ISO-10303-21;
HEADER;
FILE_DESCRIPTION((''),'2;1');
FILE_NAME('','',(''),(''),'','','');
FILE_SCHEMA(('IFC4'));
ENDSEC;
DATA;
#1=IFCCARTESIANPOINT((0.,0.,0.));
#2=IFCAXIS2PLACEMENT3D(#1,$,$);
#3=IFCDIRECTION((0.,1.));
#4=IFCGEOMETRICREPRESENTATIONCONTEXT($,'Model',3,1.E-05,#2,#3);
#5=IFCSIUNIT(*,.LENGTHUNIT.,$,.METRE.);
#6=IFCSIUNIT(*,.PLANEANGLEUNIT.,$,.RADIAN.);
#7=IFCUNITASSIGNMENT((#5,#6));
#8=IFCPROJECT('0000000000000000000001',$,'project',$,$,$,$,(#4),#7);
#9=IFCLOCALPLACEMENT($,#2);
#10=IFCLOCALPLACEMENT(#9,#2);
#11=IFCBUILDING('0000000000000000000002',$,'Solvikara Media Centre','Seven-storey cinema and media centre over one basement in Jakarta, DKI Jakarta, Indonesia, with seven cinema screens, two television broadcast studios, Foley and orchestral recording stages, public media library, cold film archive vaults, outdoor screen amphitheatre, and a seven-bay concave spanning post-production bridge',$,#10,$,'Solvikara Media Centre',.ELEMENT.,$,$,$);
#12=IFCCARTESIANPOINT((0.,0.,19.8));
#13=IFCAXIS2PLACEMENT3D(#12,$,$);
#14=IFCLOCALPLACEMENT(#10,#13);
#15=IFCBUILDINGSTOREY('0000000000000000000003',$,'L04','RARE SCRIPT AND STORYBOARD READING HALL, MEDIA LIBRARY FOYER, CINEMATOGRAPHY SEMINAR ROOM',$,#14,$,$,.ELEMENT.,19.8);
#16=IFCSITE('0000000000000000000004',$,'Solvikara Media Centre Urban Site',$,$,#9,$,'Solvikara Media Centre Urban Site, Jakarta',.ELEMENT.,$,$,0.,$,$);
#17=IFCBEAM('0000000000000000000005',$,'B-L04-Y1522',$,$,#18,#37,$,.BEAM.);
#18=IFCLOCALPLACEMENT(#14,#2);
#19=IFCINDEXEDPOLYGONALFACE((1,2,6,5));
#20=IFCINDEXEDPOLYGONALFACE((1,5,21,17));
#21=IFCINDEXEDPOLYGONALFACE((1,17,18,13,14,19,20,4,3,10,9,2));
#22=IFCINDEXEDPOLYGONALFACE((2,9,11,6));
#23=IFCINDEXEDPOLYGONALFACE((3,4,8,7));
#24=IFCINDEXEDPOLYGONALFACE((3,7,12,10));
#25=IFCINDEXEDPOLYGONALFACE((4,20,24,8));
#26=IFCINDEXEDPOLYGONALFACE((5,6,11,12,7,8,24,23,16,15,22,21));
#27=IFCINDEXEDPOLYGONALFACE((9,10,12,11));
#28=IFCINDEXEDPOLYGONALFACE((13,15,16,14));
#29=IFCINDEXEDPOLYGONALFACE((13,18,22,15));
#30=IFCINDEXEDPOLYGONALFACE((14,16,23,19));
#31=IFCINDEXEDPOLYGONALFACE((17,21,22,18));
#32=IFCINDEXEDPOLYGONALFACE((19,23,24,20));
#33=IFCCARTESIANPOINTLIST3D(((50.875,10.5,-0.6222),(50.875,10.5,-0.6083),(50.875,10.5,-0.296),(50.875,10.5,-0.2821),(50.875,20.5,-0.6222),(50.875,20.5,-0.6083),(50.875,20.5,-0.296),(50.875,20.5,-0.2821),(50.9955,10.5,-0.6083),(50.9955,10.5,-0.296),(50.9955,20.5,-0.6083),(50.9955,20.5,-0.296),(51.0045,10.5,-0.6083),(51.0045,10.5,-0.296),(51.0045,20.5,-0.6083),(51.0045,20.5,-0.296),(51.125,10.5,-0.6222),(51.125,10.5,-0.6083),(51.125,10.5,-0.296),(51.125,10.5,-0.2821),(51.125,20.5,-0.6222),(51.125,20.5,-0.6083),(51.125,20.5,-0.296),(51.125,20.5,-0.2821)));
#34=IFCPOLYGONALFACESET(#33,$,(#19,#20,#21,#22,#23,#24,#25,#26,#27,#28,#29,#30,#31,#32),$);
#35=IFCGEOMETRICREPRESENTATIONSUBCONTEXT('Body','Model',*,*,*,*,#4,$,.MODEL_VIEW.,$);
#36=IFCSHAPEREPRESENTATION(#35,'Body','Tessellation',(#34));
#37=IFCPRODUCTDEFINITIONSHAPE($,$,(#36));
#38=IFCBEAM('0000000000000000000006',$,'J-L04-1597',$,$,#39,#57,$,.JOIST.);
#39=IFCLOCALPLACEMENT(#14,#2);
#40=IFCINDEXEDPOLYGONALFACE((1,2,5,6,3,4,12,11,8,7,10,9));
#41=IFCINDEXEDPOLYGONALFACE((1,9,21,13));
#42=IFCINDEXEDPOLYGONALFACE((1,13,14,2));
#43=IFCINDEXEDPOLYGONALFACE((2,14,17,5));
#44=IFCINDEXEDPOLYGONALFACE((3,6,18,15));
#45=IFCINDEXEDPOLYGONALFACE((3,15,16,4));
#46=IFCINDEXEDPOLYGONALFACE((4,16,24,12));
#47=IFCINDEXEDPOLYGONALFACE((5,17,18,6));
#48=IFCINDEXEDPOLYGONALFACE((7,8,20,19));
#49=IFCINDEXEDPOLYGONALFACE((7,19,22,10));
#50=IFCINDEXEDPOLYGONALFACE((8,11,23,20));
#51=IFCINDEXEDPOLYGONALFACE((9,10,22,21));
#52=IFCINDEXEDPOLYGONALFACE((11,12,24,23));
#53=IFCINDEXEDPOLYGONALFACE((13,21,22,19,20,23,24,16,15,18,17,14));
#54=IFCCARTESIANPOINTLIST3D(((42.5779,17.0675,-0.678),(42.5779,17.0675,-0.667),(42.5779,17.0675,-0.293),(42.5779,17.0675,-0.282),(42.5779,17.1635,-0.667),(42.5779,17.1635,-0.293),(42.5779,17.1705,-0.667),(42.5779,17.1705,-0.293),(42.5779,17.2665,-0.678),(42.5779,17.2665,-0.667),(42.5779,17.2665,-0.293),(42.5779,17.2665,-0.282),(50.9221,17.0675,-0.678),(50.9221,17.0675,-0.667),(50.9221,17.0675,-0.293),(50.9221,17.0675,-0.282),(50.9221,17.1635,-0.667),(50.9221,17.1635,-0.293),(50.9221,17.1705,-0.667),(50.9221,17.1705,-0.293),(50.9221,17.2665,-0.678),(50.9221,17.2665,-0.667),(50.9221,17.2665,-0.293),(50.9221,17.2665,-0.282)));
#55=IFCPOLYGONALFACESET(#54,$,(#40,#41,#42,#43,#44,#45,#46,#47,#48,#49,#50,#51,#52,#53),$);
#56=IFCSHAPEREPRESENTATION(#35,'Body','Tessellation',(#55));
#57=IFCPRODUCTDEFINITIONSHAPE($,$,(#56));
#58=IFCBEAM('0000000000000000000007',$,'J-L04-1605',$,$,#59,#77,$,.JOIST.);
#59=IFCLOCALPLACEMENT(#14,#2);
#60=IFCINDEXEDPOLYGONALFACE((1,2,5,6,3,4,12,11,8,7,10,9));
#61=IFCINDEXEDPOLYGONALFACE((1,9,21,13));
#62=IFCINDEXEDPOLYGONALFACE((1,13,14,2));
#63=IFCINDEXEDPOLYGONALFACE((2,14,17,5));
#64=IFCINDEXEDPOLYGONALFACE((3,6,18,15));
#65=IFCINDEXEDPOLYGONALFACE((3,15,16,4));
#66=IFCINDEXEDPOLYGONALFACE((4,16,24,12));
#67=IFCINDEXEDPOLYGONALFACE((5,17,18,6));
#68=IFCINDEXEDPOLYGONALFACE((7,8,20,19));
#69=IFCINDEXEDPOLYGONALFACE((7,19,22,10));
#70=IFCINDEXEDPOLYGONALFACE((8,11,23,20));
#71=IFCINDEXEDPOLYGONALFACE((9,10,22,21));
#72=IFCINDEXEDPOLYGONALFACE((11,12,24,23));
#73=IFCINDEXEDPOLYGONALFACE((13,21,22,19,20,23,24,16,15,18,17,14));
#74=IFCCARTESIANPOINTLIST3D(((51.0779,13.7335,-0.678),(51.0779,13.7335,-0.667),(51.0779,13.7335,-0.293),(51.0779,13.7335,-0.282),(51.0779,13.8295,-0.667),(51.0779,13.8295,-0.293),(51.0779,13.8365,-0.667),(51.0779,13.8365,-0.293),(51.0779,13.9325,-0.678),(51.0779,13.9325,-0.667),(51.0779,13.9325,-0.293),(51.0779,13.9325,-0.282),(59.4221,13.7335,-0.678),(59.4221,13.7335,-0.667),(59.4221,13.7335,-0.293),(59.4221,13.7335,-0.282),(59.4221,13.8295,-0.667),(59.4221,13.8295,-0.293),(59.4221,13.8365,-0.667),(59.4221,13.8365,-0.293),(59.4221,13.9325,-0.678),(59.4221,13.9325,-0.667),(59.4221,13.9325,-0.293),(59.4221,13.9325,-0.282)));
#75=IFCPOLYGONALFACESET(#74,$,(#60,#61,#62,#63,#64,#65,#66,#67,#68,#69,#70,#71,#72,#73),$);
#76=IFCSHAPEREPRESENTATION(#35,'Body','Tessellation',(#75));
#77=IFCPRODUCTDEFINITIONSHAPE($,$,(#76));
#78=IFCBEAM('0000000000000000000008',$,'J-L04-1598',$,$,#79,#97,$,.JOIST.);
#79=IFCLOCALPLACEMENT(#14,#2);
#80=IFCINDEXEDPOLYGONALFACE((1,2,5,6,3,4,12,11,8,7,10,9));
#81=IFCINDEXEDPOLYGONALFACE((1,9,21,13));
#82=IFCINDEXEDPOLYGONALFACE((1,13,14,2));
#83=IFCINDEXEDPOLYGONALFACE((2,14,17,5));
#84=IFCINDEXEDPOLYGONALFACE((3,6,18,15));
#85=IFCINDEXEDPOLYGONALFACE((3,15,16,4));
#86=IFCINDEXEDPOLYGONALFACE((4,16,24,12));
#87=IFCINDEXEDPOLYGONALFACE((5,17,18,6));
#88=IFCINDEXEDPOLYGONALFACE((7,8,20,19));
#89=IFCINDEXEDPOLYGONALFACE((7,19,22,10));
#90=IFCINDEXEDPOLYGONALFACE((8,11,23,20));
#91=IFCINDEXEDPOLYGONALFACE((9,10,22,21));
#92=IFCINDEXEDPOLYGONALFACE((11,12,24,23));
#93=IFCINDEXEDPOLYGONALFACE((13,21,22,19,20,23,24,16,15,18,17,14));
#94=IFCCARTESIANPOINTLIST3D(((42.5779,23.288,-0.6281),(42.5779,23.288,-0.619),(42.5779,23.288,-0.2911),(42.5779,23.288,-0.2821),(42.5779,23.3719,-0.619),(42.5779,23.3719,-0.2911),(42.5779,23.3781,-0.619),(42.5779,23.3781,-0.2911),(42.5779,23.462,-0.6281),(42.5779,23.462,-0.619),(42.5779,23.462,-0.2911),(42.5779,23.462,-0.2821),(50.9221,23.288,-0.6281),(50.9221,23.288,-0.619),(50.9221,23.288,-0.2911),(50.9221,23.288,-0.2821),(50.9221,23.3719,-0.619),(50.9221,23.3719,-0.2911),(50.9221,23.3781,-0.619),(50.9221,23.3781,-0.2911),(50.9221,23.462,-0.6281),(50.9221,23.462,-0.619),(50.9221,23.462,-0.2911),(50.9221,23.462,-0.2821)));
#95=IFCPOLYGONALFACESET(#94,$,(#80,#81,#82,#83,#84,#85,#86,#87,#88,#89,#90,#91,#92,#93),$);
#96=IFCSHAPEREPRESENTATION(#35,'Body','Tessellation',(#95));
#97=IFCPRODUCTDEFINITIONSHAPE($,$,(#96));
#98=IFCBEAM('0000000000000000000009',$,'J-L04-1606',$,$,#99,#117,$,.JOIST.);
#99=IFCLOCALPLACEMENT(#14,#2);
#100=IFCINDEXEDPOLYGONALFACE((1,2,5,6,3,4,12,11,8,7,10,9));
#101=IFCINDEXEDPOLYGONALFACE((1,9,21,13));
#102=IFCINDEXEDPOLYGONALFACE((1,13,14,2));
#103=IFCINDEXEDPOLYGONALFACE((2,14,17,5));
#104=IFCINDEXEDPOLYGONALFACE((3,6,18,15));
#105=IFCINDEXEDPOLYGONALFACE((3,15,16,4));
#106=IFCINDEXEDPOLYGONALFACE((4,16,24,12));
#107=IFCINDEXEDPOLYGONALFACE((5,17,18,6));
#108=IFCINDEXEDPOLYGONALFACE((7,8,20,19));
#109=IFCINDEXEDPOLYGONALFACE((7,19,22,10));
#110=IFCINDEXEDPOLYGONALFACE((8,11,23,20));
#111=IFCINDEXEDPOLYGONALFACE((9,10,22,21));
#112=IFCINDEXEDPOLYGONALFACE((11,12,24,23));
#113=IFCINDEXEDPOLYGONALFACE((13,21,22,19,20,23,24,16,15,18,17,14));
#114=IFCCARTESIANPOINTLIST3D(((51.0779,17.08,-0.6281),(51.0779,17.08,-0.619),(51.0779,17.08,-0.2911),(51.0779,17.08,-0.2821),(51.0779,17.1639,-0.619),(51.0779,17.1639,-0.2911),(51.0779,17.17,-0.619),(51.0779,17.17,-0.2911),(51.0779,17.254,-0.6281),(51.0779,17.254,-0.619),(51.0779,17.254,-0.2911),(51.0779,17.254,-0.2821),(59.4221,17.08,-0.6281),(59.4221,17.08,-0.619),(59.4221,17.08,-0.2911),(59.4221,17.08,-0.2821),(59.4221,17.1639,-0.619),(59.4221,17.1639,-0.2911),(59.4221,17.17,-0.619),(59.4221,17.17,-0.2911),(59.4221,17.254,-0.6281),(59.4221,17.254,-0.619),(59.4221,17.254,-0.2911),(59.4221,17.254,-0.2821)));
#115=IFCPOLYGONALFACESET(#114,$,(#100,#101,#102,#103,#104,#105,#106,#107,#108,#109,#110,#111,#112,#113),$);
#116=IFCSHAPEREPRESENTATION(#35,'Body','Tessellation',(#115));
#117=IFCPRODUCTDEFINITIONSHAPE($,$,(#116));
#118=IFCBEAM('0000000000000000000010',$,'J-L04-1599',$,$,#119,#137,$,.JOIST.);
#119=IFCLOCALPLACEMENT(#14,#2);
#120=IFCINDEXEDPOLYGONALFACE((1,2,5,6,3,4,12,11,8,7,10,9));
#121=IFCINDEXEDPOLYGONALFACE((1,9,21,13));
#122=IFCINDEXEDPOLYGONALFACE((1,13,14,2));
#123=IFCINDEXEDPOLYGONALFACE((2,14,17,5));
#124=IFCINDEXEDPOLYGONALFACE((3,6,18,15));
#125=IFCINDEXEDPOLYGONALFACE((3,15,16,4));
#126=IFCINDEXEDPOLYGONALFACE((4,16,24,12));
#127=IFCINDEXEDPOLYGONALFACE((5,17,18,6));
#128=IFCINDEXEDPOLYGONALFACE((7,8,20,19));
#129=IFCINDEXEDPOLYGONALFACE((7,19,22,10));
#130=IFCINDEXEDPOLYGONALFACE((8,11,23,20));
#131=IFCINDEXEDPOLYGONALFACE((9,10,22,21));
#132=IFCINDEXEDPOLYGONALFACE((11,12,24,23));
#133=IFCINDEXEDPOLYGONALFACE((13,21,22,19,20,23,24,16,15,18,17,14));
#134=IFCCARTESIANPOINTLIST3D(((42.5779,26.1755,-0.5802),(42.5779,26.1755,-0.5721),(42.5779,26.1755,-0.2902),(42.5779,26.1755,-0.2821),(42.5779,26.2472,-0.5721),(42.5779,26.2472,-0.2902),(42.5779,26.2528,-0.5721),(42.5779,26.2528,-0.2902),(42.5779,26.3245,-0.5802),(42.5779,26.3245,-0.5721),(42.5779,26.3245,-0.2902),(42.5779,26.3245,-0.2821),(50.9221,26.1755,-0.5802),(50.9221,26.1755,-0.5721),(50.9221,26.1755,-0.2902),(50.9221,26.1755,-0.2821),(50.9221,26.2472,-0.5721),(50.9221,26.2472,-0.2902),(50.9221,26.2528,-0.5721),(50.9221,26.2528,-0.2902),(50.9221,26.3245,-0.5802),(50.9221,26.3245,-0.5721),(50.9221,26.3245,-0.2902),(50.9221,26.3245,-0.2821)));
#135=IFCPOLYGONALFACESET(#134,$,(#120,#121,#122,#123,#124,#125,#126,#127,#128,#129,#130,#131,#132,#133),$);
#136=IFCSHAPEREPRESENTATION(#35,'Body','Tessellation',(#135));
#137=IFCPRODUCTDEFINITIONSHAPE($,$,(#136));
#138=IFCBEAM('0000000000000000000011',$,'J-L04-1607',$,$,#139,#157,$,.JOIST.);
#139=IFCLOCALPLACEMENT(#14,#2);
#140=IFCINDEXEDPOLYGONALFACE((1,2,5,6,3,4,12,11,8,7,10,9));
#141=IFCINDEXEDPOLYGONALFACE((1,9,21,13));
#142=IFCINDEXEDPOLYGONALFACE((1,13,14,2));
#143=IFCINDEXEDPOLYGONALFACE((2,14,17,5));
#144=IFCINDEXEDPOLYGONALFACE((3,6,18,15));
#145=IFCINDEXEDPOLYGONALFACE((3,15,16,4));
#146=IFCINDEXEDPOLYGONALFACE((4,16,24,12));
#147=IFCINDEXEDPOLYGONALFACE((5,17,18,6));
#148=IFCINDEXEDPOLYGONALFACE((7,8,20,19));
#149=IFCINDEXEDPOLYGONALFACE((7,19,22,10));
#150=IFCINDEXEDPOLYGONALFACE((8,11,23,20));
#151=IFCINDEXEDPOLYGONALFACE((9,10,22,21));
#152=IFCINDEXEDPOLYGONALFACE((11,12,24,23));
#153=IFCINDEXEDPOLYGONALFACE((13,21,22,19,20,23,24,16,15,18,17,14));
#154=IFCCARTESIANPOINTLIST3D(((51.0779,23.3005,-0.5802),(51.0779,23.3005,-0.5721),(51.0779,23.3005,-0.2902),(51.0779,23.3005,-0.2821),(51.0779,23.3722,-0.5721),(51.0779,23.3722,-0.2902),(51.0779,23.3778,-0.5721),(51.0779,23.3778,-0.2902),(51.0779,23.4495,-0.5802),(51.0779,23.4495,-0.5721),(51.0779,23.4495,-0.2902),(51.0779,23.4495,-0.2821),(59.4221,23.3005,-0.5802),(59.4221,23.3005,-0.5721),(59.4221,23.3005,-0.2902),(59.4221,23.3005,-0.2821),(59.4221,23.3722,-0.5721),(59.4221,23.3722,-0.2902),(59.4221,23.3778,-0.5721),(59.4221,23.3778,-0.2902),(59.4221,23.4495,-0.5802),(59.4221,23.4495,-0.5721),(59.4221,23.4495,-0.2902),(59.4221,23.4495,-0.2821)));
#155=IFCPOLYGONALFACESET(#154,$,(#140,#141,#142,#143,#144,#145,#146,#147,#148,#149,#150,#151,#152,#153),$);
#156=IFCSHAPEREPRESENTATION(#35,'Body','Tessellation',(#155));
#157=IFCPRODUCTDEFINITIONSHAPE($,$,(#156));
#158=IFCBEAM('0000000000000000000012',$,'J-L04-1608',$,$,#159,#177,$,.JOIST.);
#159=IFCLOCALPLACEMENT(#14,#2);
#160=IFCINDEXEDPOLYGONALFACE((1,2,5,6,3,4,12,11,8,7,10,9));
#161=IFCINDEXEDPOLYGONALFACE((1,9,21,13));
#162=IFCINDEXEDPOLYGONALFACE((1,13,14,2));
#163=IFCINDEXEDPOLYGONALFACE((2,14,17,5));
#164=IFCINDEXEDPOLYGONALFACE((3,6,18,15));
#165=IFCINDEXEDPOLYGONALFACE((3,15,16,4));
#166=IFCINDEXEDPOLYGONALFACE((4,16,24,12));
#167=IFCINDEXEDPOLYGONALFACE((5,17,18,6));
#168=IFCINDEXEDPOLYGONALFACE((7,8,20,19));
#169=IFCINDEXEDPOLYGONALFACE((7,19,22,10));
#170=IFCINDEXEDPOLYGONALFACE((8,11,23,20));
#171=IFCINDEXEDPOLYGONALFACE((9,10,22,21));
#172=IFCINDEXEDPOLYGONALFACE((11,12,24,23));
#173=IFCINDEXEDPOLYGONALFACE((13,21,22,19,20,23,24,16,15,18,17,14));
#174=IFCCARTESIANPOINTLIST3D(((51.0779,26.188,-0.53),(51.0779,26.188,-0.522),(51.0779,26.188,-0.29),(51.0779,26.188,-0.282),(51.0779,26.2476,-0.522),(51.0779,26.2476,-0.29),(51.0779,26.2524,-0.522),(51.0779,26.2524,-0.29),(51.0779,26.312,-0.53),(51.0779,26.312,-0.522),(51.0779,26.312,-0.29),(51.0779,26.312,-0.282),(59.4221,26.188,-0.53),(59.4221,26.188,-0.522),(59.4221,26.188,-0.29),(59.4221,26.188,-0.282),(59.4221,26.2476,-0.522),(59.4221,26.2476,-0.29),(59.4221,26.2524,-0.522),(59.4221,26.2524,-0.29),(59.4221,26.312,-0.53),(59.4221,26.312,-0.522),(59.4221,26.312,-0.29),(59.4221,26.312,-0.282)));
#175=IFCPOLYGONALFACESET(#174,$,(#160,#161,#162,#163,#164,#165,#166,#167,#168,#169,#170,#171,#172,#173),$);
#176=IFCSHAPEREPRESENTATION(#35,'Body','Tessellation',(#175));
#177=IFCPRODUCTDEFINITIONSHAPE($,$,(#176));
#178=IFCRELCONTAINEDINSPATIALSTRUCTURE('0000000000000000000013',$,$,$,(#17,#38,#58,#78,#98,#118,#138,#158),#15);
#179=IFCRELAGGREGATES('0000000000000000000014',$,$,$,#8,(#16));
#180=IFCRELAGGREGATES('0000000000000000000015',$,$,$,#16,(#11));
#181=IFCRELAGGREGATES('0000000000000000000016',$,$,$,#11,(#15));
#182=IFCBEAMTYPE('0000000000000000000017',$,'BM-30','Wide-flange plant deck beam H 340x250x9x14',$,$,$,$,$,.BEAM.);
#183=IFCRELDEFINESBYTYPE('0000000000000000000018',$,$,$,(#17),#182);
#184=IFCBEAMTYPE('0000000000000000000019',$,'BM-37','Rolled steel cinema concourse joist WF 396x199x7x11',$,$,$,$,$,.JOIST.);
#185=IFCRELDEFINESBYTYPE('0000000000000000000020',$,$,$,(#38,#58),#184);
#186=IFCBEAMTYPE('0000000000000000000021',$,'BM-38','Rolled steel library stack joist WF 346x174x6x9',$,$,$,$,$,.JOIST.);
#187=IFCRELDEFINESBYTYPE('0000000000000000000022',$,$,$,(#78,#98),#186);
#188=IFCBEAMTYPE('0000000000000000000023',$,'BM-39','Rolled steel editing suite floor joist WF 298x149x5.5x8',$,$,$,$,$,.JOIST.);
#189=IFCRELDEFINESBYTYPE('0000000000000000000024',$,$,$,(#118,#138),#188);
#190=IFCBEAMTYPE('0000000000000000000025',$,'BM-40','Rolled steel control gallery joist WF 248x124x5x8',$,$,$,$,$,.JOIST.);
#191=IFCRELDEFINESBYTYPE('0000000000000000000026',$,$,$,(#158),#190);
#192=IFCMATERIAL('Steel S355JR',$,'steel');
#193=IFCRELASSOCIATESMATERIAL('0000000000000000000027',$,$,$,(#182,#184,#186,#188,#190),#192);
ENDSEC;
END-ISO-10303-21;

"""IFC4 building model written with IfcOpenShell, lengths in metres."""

from ifc_helpers import new_model, si_unit, direction, frame, origin, origin_2d, place, context, subcontext, project, spatial, i_section, extrude, material, material_profile, profile_set, type_object, element, save


model = new_model("IFC4")

# Units and contexts
model_context = context("Model", 3, precision=1e-05, world=origin(), true_north=direction((0.0, 1.0)))
body_context = subcontext(model_context, "Body", "Model", "MODEL_VIEW")
ifc_project = project(units=[si_unit("LENGTHUNIT", "METRE"), si_unit("PLANEANGLEUNIT", "RADIAN")], contexts=[model_context])

# Site, building, storey
site_placement = place(None, origin())
site = spatial("IfcSite", under=ifc_project, at=site_placement, Name="Solvikara Media Centre Urban Site", LongName="Solvikara Media Centre Urban Site, Jakarta", CompositionType="ELEMENT", RefElevation=0.0)
building_placement = place(site_placement, origin())
building = spatial("IfcBuilding", under=site, at=building_placement, Name="Solvikara Media Centre", Description="Seven-storey cinema and media centre over one basement in Jakarta, DKI Jakarta, Indonesia, with seven cinema screens, two television broadcast studios, Foley and orchestral recording stages, public media library, cold film archive vaults, outdoor screen amphitheatre, and a seven-bay concave spanning post-production bridge", LongName="Solvikara Media Centre", CompositionType="ELEMENT")
storey_placement = place(building_placement, frame((0.0, 0.0, 19.8)))
storey = spatial("IfcBuildingStorey", under=building, at=storey_placement, Name="L04", Description="RARE SCRIPT AND STORYBOARD READING HALL, MEDIA LIBRARY FOYER, CINEMATOGRAPHY SEMINAR ROOM", CompositionType="ELEMENT", Elevation=19.8)

# Beams
ifc_material_1 = material(Name="Steel S355JR", Category="steel")
ifc_material_profile_1 = material_profile(ifc_material_1, i_section(OverallWidth=0.25, OverallDepth=0.3401, WebThickness=0.009, FlangeThickness=0.0139, at=origin_2d()), Name="H 340x250x9x14")
ifc_profile_set_1 = profile_set([ifc_material_profile_1], Name="Steel S355JR")
beam_type_1 = type_object("IfcBeamType", Name="BM-30", Description="Wide-flange plant deck beam H 340x250x9x14", PredefinedType="BEAM", material=ifc_profile_set_1)
beam_1_placement = place(storey_placement, frame((51.0, 10.5, -0.4521), z_axis=(0.0, 1.0, 0.0), x_axis=(-1.0, 0.0, 0.0)))
element("IfcBeam", 1, at=beam_1_placement, inside=storey, type_object=beam_type_1, Name="B-L04-Y1522", PredefinedType="BEAM", context=body_context, shape_type="SweptSolid", body=[
    extrude(i_section(OverallWidth=0.25, OverallDepth=0.3401, WebThickness=0.009, FlangeThickness=0.0139, at=origin_2d()), origin(), (0.0, 0.0, 1.0), 10.0),
])
ifc_material_profile_2 = material_profile(ifc_material_1, i_section(OverallWidth=0.199, OverallDepth=0.396, WebThickness=0.0071, FlangeThickness=0.011, at=origin_2d()), Name="WF 396x199x7x11")
ifc_profile_set_2 = profile_set([ifc_material_profile_2], Name="Steel S355JR")
beam_type_2 = type_object("IfcBeamType", Name="BM-37", Description="Rolled steel cinema concourse joist WF 396x199x7x11", PredefinedType="JOIST", material=ifc_profile_set_2)
for number, where, z_axis, x_axis, name in (
    (2, (42.5779, 17.167, -0.48), (1.0, 0.0, 0.0), (0.0, 1.0, 0.0), "J-L04-1597"),
    (3, (51.0779, 13.833, -0.48), (1.0, 0.0, 0.0), (0.0, 1.0, 0.0), "J-L04-1605"),
):
    element("IfcBeam", number, at=place(storey_placement, frame(where, z_axis=z_axis, x_axis=x_axis)), inside=storey, type_object=beam_type_2, Name=name, PredefinedType="JOIST", context=body_context, shape_type="SweptSolid", body=[
        extrude(i_section(OverallWidth=0.199, OverallDepth=0.396, WebThickness=0.0071, FlangeThickness=0.011, at=origin_2d()), origin(), (0.0, 0.0, 1.0), 8.3442),
    ])
ifc_material_profile_3 = material_profile(ifc_material_1, i_section(OverallWidth=0.1741, OverallDepth=0.3459, WebThickness=0.0061, FlangeThickness=0.009, at=origin_2d()), Name="WF 346x174x6x9")
ifc_profile_set_3 = profile_set([ifc_material_profile_3], Name="Steel S355JR")
beam_type_3 = type_object("IfcBeamType", Name="BM-38", Description="Rolled steel library stack joist WF 346x174x6x9", PredefinedType="JOIST", material=ifc_profile_set_3)
for number, where, z_axis, x_axis, name in (
    (4, (42.5779, 23.375, -0.4551), (1.0, 0.0, 0.0), (0.0, 1.0, 0.0), "J-L04-1598"),
    (5, (51.0779, 17.167, -0.4551), (1.0, 0.0, 0.0), (0.0, 1.0, 0.0), "J-L04-1606"),
):
    element("IfcBeam", number, at=place(storey_placement, frame(where, z_axis=z_axis, x_axis=x_axis)), inside=storey, type_object=beam_type_3, Name=name, PredefinedType="JOIST", context=body_context, shape_type="SweptSolid", body=[
        extrude(i_section(OverallWidth=0.1741, OverallDepth=0.3459, WebThickness=0.0061, FlangeThickness=0.009, at=origin_2d()), origin(), (0.0, 0.0, 1.0), 8.3442),
    ])
ifc_material_profile_4 = material_profile(ifc_material_1, i_section(OverallWidth=0.1489, OverallDepth=0.2981, WebThickness=0.0056, FlangeThickness=0.0081, at=origin_2d()), Name="WF 298x149x5.5x8")
ifc_profile_set_4 = profile_set([ifc_material_profile_4], Name="Steel S355JR")
beam_type_4 = type_object("IfcBeamType", Name="BM-39", Description="Rolled steel editing suite floor joist WF 298x149x5.5x8", PredefinedType="JOIST", material=ifc_profile_set_4)
for number, where, z_axis, x_axis, name in (
    (6, (42.5779, 26.25, -0.4312), (1.0, 0.0, 0.0), (0.0, 1.0, 0.0), "J-L04-1599"),
    (7, (51.0779, 23.375, -0.4312), (1.0, 0.0, 0.0), (0.0, 1.0, 0.0), "J-L04-1607"),
):
    element("IfcBeam", number, at=place(storey_placement, frame(where, z_axis=z_axis, x_axis=x_axis)), inside=storey, type_object=beam_type_4, Name=name, PredefinedType="JOIST", context=body_context, shape_type="SweptSolid", body=[
        extrude(i_section(OverallWidth=0.1489, OverallDepth=0.2981, WebThickness=0.0056, FlangeThickness=0.0081, at=origin_2d()), origin(), (0.0, 0.0, 1.0), 8.3442),
    ])
ifc_material_profile_5 = material_profile(ifc_material_1, i_section(OverallWidth=0.124, OverallDepth=0.248, WebThickness=0.0049, FlangeThickness=0.0081, at=origin_2d()), Name="WF 248x124x5x8")
ifc_profile_set_5 = profile_set([ifc_material_profile_5], Name="Steel S355JR")
beam_type_5 = type_object("IfcBeamType", Name="BM-40", Description="Rolled steel control gallery joist WF 248x124x5x8", PredefinedType="JOIST", material=ifc_profile_set_5)
beam_2_placement = place(storey_placement, frame((51.0779, 26.25, -0.406), z_axis=(1.0, 0.0, 0.0), x_axis=(0.0, 1.0, 0.0)))
element("IfcBeam", 8, at=beam_2_placement, inside=storey, type_object=beam_type_5, Name="J-L04-1608", PredefinedType="JOIST", context=body_context, shape_type="SweptSolid", body=[
    extrude(i_section(OverallWidth=0.124, OverallDepth=0.248, WebThickness=0.0049, FlangeThickness=0.0081, at=origin_2d()), origin(), (0.0, 0.0, 1.0), 8.3442),
])

save(model, "model.ifc")
